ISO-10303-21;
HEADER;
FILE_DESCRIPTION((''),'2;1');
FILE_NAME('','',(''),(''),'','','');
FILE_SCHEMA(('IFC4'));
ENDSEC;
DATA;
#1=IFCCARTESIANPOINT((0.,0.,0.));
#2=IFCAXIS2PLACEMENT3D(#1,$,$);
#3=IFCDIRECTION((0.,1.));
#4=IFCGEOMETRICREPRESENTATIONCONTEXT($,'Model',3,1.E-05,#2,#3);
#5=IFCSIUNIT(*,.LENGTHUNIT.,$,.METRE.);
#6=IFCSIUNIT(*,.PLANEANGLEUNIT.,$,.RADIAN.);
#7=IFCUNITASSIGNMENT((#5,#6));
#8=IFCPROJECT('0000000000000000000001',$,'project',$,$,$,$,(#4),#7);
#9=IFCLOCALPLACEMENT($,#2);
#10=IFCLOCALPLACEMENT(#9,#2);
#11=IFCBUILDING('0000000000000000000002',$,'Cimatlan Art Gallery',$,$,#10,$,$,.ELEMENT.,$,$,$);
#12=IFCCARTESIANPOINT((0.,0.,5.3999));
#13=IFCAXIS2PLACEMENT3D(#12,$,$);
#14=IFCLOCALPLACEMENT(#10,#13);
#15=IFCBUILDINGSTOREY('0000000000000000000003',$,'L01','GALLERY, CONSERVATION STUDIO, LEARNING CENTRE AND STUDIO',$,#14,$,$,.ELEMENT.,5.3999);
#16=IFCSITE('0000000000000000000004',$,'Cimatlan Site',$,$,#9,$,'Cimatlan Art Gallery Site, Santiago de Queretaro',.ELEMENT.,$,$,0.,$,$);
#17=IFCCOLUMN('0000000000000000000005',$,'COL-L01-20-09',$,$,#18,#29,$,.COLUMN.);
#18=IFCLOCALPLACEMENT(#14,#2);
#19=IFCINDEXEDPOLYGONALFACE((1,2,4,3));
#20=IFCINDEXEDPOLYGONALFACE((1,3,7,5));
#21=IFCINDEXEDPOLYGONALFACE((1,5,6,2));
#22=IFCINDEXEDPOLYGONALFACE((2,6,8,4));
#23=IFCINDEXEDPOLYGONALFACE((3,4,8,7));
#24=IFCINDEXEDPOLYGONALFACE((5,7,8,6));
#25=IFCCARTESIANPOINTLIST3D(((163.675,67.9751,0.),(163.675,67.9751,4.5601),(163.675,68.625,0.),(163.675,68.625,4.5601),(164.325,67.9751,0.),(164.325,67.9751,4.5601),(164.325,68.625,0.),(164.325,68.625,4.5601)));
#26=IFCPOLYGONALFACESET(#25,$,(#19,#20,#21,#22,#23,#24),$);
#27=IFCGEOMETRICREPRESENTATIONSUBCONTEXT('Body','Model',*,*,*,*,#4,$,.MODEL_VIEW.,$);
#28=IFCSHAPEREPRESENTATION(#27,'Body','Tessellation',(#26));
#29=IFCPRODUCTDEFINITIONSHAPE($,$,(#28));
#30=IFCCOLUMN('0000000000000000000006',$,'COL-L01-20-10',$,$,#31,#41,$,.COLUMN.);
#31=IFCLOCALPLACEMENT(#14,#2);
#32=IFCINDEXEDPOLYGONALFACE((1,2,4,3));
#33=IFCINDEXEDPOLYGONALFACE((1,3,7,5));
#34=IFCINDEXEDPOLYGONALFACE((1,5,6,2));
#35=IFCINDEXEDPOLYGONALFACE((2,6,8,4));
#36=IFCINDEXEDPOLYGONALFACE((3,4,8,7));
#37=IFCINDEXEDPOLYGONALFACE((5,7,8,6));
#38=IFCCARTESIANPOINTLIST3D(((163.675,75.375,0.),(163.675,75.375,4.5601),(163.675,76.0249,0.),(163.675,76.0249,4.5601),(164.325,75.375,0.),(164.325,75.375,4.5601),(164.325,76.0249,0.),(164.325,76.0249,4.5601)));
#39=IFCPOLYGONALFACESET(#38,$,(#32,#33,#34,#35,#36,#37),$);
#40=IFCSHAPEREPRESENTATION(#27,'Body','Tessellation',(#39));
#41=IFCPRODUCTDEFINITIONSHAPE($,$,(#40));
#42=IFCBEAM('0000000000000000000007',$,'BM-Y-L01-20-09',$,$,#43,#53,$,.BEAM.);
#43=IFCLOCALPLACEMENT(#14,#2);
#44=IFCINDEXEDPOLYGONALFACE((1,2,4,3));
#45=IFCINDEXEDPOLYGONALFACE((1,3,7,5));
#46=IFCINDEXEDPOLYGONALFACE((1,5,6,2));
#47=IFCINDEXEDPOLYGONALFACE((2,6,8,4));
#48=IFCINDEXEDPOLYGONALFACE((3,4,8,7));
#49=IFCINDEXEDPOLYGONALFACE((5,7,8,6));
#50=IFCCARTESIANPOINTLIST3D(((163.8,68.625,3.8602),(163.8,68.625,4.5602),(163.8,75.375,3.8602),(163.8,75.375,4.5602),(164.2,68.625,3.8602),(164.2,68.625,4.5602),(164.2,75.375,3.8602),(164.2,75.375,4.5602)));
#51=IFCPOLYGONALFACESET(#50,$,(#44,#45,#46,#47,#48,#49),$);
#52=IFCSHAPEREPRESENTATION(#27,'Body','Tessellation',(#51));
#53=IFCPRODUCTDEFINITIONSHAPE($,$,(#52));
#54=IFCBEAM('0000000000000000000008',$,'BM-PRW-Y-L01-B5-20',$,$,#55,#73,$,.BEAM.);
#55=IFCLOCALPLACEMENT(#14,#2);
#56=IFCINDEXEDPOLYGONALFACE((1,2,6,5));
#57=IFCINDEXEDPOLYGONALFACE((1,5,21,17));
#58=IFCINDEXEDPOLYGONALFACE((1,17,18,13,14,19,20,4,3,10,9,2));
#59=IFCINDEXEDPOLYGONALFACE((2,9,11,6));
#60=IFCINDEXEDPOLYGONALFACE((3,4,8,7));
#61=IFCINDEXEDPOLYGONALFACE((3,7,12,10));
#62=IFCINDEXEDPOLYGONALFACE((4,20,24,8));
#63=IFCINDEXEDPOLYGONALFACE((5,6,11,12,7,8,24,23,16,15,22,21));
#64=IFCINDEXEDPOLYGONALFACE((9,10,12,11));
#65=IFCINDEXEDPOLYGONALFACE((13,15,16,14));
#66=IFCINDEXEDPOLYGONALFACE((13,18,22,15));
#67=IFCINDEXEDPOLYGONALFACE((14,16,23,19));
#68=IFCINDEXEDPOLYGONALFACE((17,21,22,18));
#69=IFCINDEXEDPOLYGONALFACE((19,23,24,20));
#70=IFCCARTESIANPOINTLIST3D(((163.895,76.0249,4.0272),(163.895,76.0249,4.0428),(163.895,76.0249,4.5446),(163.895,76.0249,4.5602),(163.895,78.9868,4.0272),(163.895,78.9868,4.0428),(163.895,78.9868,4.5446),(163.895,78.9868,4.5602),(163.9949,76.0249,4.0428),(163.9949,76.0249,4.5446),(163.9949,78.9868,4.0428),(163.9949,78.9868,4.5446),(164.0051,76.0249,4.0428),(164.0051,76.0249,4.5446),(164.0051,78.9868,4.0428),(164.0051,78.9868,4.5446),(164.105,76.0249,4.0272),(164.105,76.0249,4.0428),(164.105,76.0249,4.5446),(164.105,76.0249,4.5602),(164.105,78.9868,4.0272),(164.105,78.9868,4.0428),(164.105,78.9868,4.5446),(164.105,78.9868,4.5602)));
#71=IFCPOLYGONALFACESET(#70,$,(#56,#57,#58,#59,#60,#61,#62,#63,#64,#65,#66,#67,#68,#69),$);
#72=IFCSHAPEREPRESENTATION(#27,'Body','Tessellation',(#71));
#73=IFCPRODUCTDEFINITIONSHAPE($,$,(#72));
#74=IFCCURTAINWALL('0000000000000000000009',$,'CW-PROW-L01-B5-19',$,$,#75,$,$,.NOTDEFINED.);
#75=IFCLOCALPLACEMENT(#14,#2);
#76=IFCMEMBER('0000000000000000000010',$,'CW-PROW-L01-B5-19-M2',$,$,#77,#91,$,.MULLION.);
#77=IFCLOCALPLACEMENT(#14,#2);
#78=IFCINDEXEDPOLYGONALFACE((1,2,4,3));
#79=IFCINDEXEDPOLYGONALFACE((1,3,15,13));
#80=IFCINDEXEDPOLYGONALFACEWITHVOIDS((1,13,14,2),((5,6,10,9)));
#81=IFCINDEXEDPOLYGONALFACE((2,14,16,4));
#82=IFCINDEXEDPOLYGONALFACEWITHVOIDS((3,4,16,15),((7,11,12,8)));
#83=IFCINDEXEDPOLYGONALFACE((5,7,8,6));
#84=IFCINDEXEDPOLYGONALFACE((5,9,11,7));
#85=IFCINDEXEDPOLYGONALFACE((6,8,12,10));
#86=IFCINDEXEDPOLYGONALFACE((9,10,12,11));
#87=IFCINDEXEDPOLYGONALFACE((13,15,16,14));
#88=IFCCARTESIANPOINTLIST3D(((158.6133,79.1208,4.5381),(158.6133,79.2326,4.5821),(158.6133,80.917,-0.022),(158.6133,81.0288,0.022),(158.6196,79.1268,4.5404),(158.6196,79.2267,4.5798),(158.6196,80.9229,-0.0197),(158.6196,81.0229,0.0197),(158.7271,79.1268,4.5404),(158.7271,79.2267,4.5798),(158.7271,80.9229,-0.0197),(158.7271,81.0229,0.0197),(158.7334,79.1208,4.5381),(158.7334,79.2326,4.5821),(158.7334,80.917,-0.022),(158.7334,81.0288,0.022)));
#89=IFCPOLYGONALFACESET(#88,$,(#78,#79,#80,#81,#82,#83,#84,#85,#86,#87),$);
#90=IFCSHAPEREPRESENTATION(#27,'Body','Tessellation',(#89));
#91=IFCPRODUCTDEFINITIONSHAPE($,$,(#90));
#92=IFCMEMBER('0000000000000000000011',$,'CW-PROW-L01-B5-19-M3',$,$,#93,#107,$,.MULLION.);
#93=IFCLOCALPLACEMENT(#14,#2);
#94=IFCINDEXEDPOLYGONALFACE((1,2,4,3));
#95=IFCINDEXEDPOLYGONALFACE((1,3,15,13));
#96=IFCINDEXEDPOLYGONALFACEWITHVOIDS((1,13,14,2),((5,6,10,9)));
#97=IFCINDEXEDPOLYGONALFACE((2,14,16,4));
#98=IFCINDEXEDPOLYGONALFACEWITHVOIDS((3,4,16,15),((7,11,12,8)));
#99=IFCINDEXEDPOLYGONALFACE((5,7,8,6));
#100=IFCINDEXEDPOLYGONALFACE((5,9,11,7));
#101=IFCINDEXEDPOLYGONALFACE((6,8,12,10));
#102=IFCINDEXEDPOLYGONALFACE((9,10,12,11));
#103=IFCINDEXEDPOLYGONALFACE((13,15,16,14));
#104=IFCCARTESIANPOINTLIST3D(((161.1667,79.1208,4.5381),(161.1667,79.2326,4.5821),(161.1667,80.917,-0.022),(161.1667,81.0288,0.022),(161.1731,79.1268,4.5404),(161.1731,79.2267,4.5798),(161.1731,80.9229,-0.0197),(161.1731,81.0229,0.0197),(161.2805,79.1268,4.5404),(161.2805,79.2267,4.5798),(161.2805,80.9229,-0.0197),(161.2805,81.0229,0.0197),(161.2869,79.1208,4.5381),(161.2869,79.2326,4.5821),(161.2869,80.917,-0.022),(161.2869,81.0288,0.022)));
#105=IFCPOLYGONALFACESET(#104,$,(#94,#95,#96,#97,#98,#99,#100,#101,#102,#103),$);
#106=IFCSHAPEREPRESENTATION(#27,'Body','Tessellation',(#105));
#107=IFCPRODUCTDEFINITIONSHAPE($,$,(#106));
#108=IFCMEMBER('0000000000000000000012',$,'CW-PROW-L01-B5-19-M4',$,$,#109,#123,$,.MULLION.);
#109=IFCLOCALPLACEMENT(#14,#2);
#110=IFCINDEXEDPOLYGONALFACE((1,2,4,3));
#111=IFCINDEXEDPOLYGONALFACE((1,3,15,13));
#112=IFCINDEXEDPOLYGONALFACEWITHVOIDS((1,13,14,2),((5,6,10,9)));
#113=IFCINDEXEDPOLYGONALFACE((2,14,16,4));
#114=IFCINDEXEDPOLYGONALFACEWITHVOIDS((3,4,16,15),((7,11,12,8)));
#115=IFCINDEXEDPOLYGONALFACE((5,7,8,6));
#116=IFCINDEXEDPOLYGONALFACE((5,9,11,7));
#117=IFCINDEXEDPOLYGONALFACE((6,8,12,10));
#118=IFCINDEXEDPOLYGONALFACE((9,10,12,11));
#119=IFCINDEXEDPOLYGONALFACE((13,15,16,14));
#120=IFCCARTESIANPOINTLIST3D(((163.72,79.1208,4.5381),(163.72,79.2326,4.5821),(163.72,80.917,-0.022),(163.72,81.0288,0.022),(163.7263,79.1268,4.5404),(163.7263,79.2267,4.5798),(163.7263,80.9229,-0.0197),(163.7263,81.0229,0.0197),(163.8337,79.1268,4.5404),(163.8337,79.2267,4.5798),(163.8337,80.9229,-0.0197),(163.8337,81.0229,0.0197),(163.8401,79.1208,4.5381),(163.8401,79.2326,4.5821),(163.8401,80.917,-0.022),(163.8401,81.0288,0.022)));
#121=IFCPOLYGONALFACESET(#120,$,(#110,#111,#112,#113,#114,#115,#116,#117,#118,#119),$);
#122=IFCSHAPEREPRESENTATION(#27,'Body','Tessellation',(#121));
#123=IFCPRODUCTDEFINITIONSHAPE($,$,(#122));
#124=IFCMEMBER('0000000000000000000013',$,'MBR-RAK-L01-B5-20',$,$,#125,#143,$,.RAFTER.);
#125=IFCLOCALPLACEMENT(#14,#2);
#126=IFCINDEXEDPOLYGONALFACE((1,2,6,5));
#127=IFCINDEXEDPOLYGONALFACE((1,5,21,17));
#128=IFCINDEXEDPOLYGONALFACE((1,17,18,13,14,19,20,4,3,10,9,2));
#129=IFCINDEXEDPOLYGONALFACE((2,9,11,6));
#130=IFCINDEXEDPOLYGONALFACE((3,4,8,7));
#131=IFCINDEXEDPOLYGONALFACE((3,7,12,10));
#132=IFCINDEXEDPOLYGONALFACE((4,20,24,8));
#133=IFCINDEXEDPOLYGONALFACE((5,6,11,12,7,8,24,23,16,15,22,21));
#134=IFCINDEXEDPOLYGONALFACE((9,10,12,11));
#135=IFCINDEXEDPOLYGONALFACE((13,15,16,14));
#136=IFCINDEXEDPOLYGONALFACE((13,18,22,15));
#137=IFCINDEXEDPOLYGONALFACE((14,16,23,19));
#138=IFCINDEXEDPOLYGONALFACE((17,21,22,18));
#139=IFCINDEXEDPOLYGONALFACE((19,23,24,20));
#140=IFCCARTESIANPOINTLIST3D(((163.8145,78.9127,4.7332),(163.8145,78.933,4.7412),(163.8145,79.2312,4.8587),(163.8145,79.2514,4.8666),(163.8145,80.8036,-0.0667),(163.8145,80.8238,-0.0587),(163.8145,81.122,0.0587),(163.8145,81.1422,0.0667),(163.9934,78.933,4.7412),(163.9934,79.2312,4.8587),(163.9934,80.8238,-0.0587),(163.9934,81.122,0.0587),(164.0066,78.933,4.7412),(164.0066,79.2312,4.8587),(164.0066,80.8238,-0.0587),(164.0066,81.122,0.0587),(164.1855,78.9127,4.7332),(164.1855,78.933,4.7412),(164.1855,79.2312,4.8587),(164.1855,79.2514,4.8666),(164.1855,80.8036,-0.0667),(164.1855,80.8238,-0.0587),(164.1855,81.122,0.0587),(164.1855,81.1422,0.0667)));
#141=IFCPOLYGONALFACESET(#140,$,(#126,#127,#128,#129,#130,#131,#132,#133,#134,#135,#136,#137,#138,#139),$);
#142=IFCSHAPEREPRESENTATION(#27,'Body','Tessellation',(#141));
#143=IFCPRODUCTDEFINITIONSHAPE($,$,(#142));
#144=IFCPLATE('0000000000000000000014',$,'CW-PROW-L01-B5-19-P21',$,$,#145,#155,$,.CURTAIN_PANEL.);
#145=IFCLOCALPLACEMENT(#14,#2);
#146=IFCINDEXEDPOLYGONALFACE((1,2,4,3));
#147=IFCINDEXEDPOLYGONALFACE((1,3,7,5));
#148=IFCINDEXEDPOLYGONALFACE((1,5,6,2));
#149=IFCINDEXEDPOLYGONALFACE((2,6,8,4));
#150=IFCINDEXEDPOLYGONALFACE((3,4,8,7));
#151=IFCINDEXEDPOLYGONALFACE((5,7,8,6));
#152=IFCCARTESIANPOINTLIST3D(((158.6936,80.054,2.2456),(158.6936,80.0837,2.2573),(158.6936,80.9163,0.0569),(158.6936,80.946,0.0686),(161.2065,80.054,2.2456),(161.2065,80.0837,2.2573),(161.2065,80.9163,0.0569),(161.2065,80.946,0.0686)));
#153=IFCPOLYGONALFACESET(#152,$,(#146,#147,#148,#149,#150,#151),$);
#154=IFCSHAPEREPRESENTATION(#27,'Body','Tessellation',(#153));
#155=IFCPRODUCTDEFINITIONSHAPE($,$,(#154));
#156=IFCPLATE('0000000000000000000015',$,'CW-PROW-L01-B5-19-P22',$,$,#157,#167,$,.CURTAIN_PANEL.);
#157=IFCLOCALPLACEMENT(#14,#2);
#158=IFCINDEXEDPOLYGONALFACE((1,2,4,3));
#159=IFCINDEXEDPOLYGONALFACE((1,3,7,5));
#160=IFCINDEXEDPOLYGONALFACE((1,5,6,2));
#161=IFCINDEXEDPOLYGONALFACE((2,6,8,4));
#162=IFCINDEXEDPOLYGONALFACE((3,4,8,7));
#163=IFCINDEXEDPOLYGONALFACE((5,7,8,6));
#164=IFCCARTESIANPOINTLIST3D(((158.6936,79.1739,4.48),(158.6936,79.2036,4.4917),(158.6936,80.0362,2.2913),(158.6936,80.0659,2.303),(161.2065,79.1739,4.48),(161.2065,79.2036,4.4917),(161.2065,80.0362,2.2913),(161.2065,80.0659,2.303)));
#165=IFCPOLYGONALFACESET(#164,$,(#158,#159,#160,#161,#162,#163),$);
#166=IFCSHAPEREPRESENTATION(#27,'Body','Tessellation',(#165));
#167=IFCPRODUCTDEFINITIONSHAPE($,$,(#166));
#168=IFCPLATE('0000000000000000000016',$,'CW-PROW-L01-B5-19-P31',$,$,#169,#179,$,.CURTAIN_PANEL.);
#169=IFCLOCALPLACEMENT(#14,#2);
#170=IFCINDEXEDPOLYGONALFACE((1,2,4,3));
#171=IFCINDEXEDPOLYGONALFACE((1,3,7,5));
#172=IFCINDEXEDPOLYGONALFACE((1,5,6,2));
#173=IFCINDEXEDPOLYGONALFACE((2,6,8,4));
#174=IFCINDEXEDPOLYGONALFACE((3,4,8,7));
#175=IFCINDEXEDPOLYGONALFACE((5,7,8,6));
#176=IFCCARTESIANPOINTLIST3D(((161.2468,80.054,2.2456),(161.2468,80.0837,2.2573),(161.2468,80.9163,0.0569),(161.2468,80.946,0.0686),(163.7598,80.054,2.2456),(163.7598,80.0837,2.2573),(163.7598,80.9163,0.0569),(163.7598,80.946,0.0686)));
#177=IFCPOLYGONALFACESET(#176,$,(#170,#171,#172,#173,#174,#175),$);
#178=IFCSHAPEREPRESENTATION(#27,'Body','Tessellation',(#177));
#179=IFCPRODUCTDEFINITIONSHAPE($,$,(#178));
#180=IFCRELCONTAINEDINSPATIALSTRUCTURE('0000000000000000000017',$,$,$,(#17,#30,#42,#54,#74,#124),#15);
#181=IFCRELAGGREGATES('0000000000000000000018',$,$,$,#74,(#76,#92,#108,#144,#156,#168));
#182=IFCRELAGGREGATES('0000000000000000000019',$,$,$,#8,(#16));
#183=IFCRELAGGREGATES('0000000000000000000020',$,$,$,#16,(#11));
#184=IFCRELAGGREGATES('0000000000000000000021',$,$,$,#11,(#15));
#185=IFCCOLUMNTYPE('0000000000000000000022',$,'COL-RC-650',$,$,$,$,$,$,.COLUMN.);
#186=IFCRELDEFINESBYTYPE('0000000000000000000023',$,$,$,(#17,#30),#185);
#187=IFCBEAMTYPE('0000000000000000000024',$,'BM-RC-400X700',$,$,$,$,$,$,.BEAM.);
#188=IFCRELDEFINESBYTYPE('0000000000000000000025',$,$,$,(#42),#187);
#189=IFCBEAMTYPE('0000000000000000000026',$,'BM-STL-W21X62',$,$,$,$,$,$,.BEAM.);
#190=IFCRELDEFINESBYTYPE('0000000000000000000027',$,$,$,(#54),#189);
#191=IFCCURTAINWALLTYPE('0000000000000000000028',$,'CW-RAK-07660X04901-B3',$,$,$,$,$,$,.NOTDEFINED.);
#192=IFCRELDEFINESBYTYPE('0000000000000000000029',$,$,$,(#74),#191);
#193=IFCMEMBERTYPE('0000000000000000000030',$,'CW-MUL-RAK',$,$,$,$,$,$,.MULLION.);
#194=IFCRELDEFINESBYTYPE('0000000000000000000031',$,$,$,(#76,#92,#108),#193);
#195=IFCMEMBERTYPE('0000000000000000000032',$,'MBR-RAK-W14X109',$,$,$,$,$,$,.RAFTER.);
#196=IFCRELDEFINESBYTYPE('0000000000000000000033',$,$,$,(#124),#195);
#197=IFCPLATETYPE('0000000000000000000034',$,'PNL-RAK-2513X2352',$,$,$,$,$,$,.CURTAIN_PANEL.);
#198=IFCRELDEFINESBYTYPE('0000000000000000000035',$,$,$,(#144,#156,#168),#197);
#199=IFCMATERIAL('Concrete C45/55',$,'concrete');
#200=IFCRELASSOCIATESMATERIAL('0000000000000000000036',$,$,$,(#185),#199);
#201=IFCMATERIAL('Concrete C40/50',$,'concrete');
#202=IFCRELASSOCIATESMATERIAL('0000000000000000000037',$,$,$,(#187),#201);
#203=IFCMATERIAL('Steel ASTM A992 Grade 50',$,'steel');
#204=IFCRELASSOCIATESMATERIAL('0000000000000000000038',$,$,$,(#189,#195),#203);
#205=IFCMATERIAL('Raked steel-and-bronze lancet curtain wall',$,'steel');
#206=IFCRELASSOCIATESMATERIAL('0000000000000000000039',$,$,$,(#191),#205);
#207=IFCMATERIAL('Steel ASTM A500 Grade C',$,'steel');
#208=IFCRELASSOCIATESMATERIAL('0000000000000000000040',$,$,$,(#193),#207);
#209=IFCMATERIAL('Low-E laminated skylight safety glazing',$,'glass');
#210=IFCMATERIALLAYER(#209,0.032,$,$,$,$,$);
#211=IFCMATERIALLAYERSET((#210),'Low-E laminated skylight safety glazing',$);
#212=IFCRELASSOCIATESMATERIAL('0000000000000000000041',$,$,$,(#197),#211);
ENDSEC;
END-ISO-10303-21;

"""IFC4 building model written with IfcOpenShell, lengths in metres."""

from ifc_helpers import new_model, si_unit, direction, frame, origin, origin_2d, place, context, subcontext, project, spatial, polyline, rectangle, hollow_rectangle, i_section, outline, extrude, material, layer, layer_set, material_profile, profile_set, type_object, element, aggregate, save


model = new_model("IFC4")

# Units and contexts
model_context = context("Model", 3, precision=1e-05, world=origin(), true_north=direction((0.0, 1.0)))
body_context = subcontext(model_context, "Body", "Model", "MODEL_VIEW")
ifc_project = project(units=[si_unit("LENGTHUNIT", "METRE"), si_unit("PLANEANGLEUNIT", "RADIAN")], contexts=[model_context])

# Site, building, storey
site_placement = place(None, origin())
site = spatial("IfcSite", under=ifc_project, at=site_placement, Name="Cimatlan Site", LongName="Cimatlan Art Gallery Site, Santiago de Queretaro", CompositionType="ELEMENT", RefElevation=0.0)
building_placement = place(site_placement, origin())
building = spatial("IfcBuilding", under=site, at=building_placement, Name="Cimatlan Art Gallery", CompositionType="ELEMENT")
storey_placement = place(building_placement, frame((0.0, 0.0, 5.3999)))
storey = spatial("IfcBuildingStorey", under=building, at=storey_placement, Name="L01", Description="GALLERY, CONSERVATION STUDIO, LEARNING CENTRE AND STUDIO", CompositionType="ELEMENT", Elevation=5.3999)

# Columns
ifc_material_1 = material(Name="Concrete C45/55", Category="concrete")
ifc_material_profile_1 = material_profile(ifc_material_1, rectangle(XDim=0.6499, YDim=0.6499, at=origin_2d()), Name="RC650X650")
ifc_profile_set_1 = profile_set([ifc_material_profile_1], Name="Concrete C45/55")
column_type = type_object("IfcColumnType", Name="COL-RC-650", PredefinedType="COLUMN", material=ifc_profile_set_1)
for number, where, z_axis, x_axis, name in (
    (1, (164.0, 68.3, 0.0), (0.0, 0.0, 1.0), (1.0, 0.0, 0.0), "COL-L01-20-09"),
    (2, (164.0, 75.7, 0.0), (0.0, 0.0, 1.0), (1.0, 0.0, 0.0), "COL-L01-20-10"),
):
    element("IfcColumn", number, at=place(storey_placement, frame(where, z_axis=z_axis, x_axis=x_axis)), inside=storey, type_object=column_type, Name=name, PredefinedType="COLUMN", context=body_context, shape_type="SweptSolid", body=[
        extrude(rectangle(XDim=0.6499, YDim=0.6499, at=origin_2d()), origin(), (0.0, 0.0, 1.0), 4.5601),
    ])

# Beams
ifc_material_2 = material(Name="Concrete C40/50", Category="concrete")
ifc_material_profile_2 = material_profile(ifc_material_2, rectangle(XDim=0.3999, YDim=0.7, at=origin_2d()), Name="RC400X700")
ifc_profile_set_2 = profile_set([ifc_material_profile_2], Name="Concrete C40/50")
beam_type_1 = type_object("IfcBeamType", Name="BM-RC-400X700", PredefinedType="BEAM", material=ifc_profile_set_2)
beam_1_placement = place(storey_placement, frame((164.0, 68.625, 4.2102), z_axis=(0.0, 1.0, 0.0), x_axis=(-1.0, 0.0, 0.0)))
element("IfcBeam", 3, at=beam_1_placement, inside=storey, type_object=beam_type_1, Name="BM-Y-L01-20-09", PredefinedType="BEAM", context=body_context, shape_type="SweptSolid", body=[
    extrude(rectangle(XDim=0.3999, YDim=0.7, at=origin_2d()), origin(), (0.0, 0.0, 1.0), 6.75),
])
ifc_material_3 = material(Name="Steel ASTM A992 Grade 50", Category="steel")
ifc_material_profile_3 = material_profile(ifc_material_3, i_section(OverallWidth=0.21, OverallDepth=0.533, WebThickness=0.0103, FlangeThickness=0.0156, at=origin_2d()), Name="W21X62")
ifc_profile_set_3 = profile_set([ifc_material_profile_3], Name="Steel ASTM A992 Grade 50")
beam_type_2 = type_object("IfcBeamType", Name="BM-STL-W21X62", PredefinedType="BEAM", material=ifc_profile_set_3)
beam_2_placement = place(storey_placement, frame((164.0, 76.0249, 4.2937), z_axis=(0.0, 1.0, 0.0), x_axis=(-1.0, 0.0, 0.0)))
element("IfcBeam", 4, at=beam_2_placement, inside=storey, type_object=beam_type_2, Name="BM-PRW-Y-L01-B5-20", PredefinedType="BEAM", context=body_context, shape_type="SweptSolid", body=[
    extrude(i_section(OverallWidth=0.21, OverallDepth=0.533, WebThickness=0.0103, FlangeThickness=0.0156, at=origin_2d()), origin(), (0.0, 0.0, 1.0), 2.9619),
])

# Curtain wall, members
ifc_material_4 = material(Name="Raked steel-and-bronze lancet curtain wall", Category="steel")
curtain_wall_type = type_object("IfcCurtainWallType", Name="CW-RAK-07660X04901-B3", PredefinedType="NOTDEFINED", material=ifc_material_4)
curtain_wall_placement = place(storey_placement, origin())
curtain_wall = element("IfcCurtainWall", 5, at=curtain_wall_placement, inside=storey, type_object=curtain_wall_type, Name="CW-PROW-L01-B5-19", PredefinedType="NOTDEFINED")
ifc_material_5 = material(Name="Steel ASTM A500 Grade C", Category="steel")
ifc_material_profile_4 = material_profile(ifc_material_5, hollow_rectangle(XDim=0.1201, YDim=0.1201, WallThickness=0.0063, at=origin_2d()), Name="HSS120X120X6")
ifc_profile_set_4 = profile_set([ifc_material_profile_4], Name="Steel ASTM A500 Grade C")
member_type_1 = type_object("IfcMemberType", Name="CW-MUL-RAK", PredefinedType="MULLION", material=ifc_profile_set_4)
member_1_placement = place(storey_placement, frame((158.6733, 80.9729, 0.0), z_axis=(0.0, -0.366481, 0.930425), x_axis=(1.0, 0.0, 0.0)))
member_1 = element("IfcMember", 6, at=member_1_placement, type_object=member_type_1, Name="CW-PROW-L01-B5-19-M2", PredefinedType="MULLION", context=body_context, shape_type="SweptSolid", body=[
    extrude(hollow_rectangle(XDim=0.1201, YDim=0.1201, WallThickness=0.0063, at=origin_2d()), origin(), (0.0, 0.0, 1.0), 4.9011),
])
member_2_placement = place(storey_placement, frame((161.2268, 80.9729, 0.0), z_axis=(0.0, -0.366481, 0.930425), x_axis=(1.0, 0.0, 0.0)))
member_2 = element("IfcMember", 7, at=member_2_placement, type_object=member_type_1, Name="CW-PROW-L01-B5-19-M3", PredefinedType="MULLION", context=body_context, shape_type="SweptSolid", body=[
    extrude(hollow_rectangle(XDim=0.1201, YDim=0.1201, WallThickness=0.0063, at=origin_2d()), origin(), (0.0, 0.0, 1.0), 4.9011),
])
member_3_placement = place(storey_placement, frame((163.78, 80.9729, 0.0), z_axis=(0.0, -0.366481, 0.930425), x_axis=(1.0, 0.0, 0.0)))
member_3 = element("IfcMember", 8, at=member_3_placement, type_object=member_type_1, Name="CW-PROW-L01-B5-19-M4", PredefinedType="MULLION", context=body_context, shape_type="SweptSolid", body=[
    extrude(hollow_rectangle(XDim=0.1201, YDim=0.1201, WallThickness=0.0063, at=origin_2d()), origin(), (0.0, 0.0, 1.0), 4.9011),
])

# Member
ifc_material_profile_5 = material_profile(ifc_material_3, i_section(OverallWidth=0.3711, OverallDepth=0.364, WebThickness=0.0132, FlangeThickness=0.0217, at=origin_2d()), Name="W14X109")
ifc_profile_set_5 = profile_set([ifc_material_profile_5], Name="Steel ASTM A992 Grade 50")
member_type_2 = type_object("IfcMemberType", Name="MBR-RAK-W14X109", PredefinedType="RAFTER", material=ifc_profile_set_5)
member_4_placement = place(storey_placement, frame((164.0, 80.9729, 0.0), z_axis=(0.0, -0.366515, 0.930412), x_axis=(1.0, 0.0, 0.0)))
element("IfcMember", 9, at=member_4_placement, inside=storey, type_object=member_type_2, Name="MBR-RAK-L01-B5-20", PredefinedType="RAFTER", context=body_context, shape_type="SweptSolid", body=[
    extrude(i_section(OverallWidth=0.3711, OverallDepth=0.364, WebThickness=0.0132, FlangeThickness=0.0217, at=origin_2d()), origin(), (0.0, 0.0, 1.0), 5.1589),
])

# Plates
ifc_material_6 = material(Name="Low-E laminated skylight safety glazing", Category="glass")
ifc_layer_1 = layer(ifc_material_6, 0.032)
ifc_layer_set_1 = layer_set([ifc_layer_1], Name="Low-E laminated skylight safety glazing")
plate_type = type_object("IfcPlateType", Name="PNL-RAK-2513X2352", PredefinedType="CURTAIN_PANEL", material=ifc_layer_set_1)
plate_1_placement = place(storey_placement, frame((158.6936, 80.946, 0.0686), z_axis=(0.0, 0.930397, 0.366554), x_axis=(1.0, 0.0, 0.0)))
plate_1 = element("IfcPlate", 10, at=plate_1_placement, type_object=plate_type, Name="CW-PROW-L01-B5-19-P21", PredefinedType="CURTAIN_PANEL", context=body_context, shape_type="SweptSolid", body=[
    extrude(outline(polyline([(0.0, 0.0), (2.5129, 0.0), (2.5129, -2.3525), (0.0, -2.3525), (0.0, 0.0)])), origin(), (0.0, 0.0, -1.0), 0.032),
])
plate_2_placement = place(storey_placement, frame((158.6936, 80.0659, 2.303), z_axis=(0.0, 0.930397, 0.366554), x_axis=(1.0, 0.0, 0.0)))
plate_2 = element("IfcPlate", 11, at=plate_2_placement, type_object=plate_type, Name="CW-PROW-L01-B5-19-P22", PredefinedType="CURTAIN_PANEL", context=body_context, shape_type="SweptSolid", body=[
    extrude(outline(polyline([(0.0, 0.0), (2.5129, 0.0), (2.5129, -2.3525), (0.0, -2.3525), (0.0, 0.0)])), origin(), (0.0, 0.0, -1.0), 0.032),
])
plate_3_placement = place(storey_placement, frame((161.2468, 80.946, 0.0686), z_axis=(0.0, 0.930397, 0.366554), x_axis=(1.0, 0.0, 0.0)))
plate_3 = element("IfcPlate", 12, at=plate_3_placement, type_object=plate_type, Name="CW-PROW-L01-B5-19-P31", PredefinedType="CURTAIN_PANEL", context=body_context, shape_type="SweptSolid", body=[
    extrude(outline(polyline([(0.0, 0.0), (2.5129, 0.0), (2.5129, -2.3525), (0.0, -2.3525), (0.0, 0.0)])), origin(), (0.0, 0.0, -1.0), 0.032),
])
aggregate(curtain_wall, [member_1, member_2, member_3, plate_1, plate_2, plate_3])

save(model, "model.ifc")
